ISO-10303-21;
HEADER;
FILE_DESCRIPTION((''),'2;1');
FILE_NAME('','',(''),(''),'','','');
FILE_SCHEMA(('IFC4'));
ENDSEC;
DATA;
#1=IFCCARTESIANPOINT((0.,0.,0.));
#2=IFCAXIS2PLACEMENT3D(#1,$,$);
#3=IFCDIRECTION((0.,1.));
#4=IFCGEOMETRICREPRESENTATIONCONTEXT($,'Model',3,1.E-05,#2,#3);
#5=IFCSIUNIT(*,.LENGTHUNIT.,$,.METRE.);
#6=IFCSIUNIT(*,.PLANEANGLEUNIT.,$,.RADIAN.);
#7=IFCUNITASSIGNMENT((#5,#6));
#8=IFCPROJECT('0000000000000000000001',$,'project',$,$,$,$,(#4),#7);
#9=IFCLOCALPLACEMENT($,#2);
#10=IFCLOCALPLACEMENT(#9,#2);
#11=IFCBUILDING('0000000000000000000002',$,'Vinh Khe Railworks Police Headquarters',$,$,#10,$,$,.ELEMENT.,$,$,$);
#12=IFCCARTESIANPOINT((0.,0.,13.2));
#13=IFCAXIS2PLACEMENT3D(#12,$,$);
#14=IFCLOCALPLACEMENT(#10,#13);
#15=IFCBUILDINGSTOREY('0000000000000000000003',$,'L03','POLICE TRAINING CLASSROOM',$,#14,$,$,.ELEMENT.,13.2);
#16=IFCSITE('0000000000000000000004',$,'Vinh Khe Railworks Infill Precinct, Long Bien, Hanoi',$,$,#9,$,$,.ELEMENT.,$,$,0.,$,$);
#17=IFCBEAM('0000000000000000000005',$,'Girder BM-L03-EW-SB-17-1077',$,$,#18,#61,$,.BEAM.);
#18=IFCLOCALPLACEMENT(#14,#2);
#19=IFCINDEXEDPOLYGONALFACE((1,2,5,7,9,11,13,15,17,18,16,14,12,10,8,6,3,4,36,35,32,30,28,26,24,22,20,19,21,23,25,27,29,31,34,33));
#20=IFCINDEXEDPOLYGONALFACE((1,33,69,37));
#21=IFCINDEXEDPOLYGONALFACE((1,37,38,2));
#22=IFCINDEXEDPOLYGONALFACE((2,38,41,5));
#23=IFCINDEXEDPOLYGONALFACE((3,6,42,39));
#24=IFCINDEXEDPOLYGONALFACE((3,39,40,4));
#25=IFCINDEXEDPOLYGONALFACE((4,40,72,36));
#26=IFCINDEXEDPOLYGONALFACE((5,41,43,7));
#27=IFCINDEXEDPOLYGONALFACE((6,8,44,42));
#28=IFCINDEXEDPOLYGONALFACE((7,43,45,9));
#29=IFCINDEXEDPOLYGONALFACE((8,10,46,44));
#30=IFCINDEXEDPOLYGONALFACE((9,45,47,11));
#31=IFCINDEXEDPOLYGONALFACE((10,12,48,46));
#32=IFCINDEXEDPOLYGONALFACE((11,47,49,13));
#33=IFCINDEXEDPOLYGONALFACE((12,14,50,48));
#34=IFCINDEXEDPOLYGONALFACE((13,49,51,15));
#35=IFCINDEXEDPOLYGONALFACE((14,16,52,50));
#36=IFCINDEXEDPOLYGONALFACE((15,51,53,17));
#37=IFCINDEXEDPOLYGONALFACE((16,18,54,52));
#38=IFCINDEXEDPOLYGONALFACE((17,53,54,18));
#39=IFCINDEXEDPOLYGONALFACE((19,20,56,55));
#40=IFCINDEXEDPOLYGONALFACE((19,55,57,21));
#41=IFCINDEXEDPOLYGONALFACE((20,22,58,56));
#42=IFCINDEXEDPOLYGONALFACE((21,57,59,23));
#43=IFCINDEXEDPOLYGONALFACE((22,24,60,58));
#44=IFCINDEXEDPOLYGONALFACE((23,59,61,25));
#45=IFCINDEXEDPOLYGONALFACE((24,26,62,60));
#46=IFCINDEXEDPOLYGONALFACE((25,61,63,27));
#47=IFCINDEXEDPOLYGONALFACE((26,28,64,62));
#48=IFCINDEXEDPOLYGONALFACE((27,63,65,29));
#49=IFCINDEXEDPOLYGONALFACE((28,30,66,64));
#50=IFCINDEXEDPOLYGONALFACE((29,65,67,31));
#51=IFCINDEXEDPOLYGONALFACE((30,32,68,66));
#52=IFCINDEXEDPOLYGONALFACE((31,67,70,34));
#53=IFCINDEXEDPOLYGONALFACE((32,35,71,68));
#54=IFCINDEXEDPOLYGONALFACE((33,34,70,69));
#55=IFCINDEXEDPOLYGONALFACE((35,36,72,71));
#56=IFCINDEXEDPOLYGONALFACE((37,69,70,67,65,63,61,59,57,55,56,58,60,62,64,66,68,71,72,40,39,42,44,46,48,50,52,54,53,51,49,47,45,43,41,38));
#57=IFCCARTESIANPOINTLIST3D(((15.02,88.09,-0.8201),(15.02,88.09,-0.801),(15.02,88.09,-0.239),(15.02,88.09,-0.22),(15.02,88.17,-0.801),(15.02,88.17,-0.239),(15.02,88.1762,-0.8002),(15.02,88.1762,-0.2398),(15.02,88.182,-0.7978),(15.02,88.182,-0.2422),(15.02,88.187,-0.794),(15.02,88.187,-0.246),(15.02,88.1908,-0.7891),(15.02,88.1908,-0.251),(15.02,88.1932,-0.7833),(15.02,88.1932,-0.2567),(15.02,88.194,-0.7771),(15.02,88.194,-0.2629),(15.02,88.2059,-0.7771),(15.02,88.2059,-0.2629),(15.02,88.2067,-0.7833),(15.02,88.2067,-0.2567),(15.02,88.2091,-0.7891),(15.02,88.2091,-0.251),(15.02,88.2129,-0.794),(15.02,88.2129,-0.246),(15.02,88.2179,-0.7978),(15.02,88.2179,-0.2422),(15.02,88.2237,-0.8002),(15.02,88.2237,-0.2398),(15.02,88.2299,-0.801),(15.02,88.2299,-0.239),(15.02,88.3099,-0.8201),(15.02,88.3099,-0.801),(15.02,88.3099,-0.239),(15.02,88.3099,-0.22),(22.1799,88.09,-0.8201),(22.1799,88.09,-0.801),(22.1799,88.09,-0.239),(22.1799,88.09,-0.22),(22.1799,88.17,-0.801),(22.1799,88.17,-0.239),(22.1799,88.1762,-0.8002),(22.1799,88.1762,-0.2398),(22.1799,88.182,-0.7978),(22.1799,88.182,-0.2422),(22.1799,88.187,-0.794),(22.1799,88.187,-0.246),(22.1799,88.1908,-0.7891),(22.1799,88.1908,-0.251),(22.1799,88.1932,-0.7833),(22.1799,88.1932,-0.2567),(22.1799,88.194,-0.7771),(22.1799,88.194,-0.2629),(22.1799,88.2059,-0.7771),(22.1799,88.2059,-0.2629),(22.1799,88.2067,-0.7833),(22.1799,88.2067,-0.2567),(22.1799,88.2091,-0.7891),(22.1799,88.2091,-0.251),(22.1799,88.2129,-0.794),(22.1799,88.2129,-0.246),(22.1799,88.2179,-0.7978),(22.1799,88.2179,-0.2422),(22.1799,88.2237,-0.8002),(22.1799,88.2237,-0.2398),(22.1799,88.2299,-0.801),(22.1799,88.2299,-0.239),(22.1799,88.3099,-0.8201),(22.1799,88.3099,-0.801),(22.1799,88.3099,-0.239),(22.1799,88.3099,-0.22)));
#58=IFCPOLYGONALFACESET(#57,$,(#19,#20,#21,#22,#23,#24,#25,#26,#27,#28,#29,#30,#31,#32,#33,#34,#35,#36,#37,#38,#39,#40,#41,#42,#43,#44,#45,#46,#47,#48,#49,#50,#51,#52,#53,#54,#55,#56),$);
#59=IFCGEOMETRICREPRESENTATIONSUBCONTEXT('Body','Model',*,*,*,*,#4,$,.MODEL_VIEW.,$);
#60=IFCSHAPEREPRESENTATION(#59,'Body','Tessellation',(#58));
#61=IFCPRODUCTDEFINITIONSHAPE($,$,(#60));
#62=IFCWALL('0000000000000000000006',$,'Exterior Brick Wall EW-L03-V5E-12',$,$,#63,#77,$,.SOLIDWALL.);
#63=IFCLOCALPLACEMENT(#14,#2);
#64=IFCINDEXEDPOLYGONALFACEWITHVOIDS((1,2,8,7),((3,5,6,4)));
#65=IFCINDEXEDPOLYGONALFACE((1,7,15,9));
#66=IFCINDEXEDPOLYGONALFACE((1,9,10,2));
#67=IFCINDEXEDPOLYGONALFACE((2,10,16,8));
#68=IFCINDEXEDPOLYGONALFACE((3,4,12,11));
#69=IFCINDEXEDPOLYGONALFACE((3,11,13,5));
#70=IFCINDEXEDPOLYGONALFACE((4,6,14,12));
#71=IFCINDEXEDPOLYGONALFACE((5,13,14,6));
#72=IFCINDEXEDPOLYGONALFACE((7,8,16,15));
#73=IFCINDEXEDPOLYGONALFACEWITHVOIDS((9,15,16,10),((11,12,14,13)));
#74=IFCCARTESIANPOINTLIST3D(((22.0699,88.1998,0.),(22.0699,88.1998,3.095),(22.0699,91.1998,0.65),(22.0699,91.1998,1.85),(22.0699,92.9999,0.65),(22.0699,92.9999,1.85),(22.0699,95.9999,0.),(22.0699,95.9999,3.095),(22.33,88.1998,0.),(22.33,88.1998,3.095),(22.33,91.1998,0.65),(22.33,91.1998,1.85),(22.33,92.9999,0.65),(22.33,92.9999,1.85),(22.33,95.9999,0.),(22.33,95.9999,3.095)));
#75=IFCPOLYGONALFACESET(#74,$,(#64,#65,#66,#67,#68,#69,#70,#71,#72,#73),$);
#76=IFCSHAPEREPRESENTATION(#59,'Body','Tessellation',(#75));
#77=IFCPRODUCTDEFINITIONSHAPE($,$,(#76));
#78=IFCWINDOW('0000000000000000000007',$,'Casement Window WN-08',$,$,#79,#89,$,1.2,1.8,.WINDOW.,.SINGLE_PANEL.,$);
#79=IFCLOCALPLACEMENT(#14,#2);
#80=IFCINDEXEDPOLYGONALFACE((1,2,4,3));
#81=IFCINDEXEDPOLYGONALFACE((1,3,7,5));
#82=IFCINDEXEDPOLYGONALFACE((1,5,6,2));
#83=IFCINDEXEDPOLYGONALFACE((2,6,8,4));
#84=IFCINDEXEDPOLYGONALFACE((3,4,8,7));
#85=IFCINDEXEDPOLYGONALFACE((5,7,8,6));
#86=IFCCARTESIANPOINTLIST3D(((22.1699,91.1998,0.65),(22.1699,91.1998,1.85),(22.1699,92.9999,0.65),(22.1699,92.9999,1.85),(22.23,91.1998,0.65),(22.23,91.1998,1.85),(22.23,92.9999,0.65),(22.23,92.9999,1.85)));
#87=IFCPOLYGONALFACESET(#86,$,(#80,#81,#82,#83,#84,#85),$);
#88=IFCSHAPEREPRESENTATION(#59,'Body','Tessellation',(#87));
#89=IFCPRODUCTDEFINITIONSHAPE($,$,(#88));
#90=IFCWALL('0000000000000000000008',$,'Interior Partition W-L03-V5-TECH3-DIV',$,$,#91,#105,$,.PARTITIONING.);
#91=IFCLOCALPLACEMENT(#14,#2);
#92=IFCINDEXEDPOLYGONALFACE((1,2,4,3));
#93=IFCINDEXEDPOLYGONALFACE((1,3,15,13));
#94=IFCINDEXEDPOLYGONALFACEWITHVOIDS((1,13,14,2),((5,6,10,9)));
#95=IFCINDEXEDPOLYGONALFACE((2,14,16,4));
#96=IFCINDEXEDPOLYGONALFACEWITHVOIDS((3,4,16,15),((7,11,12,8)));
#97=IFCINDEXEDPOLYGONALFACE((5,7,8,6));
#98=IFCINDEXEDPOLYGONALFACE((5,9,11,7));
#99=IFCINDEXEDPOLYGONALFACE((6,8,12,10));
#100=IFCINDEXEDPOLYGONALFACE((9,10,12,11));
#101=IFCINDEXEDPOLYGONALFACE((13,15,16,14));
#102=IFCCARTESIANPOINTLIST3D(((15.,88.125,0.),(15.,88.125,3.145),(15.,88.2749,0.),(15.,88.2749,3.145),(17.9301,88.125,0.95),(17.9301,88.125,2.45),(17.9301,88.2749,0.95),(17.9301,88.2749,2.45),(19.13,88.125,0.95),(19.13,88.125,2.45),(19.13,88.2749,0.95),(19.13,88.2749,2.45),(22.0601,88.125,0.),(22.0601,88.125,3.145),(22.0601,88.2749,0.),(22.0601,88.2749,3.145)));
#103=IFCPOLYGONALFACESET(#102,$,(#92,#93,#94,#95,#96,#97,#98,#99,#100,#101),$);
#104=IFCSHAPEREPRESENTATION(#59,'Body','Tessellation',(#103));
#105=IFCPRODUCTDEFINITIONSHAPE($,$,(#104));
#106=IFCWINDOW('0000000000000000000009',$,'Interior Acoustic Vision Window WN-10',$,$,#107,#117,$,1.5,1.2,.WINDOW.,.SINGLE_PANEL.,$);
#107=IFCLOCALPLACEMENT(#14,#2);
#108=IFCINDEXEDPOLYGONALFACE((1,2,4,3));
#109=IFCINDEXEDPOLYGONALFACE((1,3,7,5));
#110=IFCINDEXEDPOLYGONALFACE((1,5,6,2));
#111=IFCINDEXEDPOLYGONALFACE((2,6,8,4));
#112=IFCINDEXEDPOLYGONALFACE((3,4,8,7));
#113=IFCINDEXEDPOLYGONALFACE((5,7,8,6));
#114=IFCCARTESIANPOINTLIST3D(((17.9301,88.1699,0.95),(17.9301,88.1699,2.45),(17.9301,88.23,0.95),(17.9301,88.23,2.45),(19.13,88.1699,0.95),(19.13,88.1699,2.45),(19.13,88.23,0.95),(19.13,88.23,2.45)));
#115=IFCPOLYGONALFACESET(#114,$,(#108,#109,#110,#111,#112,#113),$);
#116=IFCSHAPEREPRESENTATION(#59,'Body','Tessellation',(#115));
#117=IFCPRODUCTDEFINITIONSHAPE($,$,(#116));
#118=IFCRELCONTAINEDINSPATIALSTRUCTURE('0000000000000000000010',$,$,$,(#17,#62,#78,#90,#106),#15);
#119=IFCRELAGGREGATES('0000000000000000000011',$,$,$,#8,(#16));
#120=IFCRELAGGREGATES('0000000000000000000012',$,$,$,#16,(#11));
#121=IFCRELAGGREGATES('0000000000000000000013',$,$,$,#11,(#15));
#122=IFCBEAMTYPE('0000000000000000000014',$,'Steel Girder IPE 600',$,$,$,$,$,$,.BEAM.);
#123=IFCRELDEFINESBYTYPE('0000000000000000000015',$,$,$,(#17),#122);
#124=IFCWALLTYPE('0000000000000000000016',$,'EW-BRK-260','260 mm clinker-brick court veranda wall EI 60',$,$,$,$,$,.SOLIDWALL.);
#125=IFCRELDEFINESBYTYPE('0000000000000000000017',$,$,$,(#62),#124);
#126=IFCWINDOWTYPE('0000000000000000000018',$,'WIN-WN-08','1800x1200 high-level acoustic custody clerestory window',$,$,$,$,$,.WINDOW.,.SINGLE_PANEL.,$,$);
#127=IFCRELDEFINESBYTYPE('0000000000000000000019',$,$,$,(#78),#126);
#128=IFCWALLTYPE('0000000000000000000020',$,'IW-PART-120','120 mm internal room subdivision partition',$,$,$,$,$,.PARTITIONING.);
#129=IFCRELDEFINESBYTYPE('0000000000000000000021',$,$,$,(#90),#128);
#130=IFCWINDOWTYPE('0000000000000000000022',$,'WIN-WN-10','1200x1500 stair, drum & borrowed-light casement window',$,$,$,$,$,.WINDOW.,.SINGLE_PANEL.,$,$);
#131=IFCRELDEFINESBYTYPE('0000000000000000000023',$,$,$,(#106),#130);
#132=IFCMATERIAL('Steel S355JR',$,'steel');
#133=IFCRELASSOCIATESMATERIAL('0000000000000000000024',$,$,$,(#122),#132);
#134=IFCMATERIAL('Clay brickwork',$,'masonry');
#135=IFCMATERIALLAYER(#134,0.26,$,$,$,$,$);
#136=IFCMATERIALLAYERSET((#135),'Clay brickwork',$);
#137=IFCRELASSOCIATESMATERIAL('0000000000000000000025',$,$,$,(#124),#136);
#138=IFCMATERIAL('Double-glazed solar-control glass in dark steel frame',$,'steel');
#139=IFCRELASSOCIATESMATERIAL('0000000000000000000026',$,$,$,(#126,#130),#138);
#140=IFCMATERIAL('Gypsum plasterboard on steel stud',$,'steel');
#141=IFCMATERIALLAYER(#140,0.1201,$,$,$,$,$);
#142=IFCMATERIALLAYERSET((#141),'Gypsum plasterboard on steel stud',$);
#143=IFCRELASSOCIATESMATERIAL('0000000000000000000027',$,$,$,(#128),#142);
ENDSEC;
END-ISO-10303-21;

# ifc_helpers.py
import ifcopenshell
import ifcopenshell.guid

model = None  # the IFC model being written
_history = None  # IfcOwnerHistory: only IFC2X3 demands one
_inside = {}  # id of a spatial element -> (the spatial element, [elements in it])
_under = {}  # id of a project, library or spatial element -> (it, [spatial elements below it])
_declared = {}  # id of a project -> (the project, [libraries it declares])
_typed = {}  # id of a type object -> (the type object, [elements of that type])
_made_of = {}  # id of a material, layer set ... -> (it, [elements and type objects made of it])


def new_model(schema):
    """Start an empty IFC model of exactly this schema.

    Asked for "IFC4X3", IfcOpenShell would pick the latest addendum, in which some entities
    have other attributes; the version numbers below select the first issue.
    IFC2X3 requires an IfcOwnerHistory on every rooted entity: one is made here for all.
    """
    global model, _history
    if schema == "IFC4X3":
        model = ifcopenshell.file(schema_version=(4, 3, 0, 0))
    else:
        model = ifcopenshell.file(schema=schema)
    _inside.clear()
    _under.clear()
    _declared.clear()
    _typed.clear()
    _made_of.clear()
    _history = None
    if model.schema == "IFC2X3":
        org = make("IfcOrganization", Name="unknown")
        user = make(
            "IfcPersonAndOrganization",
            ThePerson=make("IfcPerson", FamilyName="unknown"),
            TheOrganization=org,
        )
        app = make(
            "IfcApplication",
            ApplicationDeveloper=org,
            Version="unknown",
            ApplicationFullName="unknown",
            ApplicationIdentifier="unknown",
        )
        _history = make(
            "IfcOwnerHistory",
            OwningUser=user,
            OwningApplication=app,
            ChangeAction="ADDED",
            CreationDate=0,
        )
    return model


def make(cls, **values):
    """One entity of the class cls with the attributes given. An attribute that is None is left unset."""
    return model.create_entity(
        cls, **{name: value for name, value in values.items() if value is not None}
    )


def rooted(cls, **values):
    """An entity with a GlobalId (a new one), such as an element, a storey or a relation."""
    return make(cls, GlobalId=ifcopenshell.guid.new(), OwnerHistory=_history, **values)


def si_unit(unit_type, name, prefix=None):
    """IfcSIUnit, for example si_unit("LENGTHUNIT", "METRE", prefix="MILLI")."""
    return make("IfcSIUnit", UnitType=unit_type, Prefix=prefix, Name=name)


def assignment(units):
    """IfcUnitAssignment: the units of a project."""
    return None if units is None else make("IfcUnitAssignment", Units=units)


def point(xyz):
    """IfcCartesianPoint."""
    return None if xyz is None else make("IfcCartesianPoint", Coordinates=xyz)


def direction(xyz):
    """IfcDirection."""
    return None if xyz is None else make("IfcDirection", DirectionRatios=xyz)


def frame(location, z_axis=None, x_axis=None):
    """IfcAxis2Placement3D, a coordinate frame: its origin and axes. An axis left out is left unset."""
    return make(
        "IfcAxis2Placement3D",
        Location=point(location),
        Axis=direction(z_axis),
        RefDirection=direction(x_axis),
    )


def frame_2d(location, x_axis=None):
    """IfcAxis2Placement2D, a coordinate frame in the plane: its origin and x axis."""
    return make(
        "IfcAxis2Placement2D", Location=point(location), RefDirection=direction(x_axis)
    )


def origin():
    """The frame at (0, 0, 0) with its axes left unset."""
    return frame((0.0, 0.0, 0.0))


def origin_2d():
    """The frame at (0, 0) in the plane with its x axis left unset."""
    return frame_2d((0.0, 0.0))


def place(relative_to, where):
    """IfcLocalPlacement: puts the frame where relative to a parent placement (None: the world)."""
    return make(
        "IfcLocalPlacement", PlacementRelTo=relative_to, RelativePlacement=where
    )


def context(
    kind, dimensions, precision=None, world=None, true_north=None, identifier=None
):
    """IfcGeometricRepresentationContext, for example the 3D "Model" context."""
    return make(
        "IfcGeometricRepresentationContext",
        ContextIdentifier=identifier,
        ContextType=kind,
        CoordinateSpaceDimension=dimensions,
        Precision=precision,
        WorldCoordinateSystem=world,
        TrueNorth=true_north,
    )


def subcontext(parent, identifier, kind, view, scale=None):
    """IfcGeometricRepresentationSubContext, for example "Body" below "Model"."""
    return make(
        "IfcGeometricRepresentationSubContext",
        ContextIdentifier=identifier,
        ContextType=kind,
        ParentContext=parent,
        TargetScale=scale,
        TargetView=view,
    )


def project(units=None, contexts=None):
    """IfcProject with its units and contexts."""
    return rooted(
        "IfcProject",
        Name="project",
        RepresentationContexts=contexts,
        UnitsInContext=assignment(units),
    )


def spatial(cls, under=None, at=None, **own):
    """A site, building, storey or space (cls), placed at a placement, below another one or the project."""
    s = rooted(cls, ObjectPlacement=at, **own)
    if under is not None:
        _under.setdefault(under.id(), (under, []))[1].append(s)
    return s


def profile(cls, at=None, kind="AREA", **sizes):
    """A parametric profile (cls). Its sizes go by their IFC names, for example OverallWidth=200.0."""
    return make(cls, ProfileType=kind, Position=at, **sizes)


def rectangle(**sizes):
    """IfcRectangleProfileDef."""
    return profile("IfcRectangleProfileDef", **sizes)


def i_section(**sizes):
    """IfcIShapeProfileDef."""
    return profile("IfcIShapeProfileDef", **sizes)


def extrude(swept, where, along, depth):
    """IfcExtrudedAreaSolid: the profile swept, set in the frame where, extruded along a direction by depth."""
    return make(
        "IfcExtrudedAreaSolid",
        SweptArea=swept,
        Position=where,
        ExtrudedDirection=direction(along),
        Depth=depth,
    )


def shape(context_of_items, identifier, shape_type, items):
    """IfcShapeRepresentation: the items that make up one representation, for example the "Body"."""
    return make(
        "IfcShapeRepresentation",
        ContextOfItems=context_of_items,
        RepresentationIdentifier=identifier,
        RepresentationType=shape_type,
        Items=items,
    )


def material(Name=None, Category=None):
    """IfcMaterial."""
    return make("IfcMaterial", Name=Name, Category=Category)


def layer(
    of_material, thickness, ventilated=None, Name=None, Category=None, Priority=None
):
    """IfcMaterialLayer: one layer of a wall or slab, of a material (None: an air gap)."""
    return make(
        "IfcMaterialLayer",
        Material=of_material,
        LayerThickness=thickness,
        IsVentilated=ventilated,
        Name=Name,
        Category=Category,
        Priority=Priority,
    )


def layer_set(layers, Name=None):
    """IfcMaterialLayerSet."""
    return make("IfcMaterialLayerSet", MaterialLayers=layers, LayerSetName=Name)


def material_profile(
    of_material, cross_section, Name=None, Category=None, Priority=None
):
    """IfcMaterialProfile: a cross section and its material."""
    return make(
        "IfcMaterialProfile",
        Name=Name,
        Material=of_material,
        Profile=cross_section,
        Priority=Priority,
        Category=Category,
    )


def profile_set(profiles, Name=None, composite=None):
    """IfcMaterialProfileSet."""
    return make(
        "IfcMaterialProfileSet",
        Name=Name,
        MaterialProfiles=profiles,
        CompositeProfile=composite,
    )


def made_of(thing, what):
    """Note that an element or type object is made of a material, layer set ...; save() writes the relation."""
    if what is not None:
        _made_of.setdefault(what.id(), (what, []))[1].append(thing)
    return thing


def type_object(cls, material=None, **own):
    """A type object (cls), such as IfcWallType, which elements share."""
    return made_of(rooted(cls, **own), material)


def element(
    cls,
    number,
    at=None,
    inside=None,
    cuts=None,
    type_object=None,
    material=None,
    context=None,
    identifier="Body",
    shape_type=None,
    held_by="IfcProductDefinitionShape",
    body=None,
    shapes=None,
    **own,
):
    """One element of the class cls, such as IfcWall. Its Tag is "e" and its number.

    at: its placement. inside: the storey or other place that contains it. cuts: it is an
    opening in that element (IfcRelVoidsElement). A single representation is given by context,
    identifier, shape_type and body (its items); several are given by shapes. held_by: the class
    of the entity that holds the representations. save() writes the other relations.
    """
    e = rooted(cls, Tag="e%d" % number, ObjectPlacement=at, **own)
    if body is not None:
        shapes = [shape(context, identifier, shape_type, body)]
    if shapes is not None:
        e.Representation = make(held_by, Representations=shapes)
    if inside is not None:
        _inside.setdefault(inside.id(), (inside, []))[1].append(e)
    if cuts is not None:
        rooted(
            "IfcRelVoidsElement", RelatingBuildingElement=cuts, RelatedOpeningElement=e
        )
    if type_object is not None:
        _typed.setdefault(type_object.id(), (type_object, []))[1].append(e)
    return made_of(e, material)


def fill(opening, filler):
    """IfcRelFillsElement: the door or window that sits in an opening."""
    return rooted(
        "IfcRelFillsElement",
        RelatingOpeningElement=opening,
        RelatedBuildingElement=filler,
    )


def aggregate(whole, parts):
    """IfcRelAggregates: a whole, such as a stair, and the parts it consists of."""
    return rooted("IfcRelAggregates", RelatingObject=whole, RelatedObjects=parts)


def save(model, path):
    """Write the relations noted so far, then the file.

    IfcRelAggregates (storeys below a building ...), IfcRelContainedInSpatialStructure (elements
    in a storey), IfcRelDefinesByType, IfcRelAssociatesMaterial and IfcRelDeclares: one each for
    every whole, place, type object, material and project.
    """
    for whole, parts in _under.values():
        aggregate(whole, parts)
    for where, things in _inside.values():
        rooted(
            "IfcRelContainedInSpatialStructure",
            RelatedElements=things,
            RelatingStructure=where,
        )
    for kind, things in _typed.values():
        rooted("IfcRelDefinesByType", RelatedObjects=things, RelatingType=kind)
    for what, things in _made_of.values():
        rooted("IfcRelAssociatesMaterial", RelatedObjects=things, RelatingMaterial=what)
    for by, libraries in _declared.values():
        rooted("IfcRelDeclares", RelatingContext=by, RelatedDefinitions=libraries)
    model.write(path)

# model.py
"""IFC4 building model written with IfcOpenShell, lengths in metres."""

from ifc_helpers import new_model, si_unit, direction, frame, frame_2d, origin, origin_2d, place, context, subcontext, project, spatial, rectangle, i_section, extrude, material, layer, layer_set, material_profile, profile_set, type_object, element, fill, save


model = new_model("IFC4")

# Units and contexts
model_context = context("Model", 3, precision=1e-05, world=origin(), true_north=direction((0.0, 1.0)))
body_context = subcontext(model_context, "Body", "Model", "MODEL_VIEW")
ifc_project = project(units=[si_unit("LENGTHUNIT", "METRE"), si_unit("PLANEANGLEUNIT", "RADIAN")], contexts=[model_context])

# Site, building, storey
site_placement = place(None, origin())
site = spatial("IfcSite", under=ifc_project, at=site_placement, Name="Vinh Khe Railworks Infill Precinct, Long Bien, Hanoi", CompositionType="ELEMENT", RefElevation=0.0)
building_placement = place(site_placement, origin())
building = spatial("IfcBuilding", under=site, at=building_placement, Name="Vinh Khe Railworks Police Headquarters", CompositionType="ELEMENT")
storey_placement = place(building_placement, frame((0.0, 0.0, 13.2)))
storey = spatial("IfcBuildingStorey", under=building, at=storey_placement, Name="L03", Description="POLICE TRAINING CLASSROOM", CompositionType="ELEMENT", Elevation=13.2)

# Shared definitions
ifc_material_1 = material(Name="Steel S355JR", Category="steel")

# Beam
ifc_material_profile_1 = material_profile(ifc_material_1, i_section(OverallWidth=0.22, OverallDepth=0.6001, WebThickness=0.012, FlangeThickness=0.019, FilletRadius=0.0239, at=origin_2d()), Name="IPE 600")
ifc_profile_set_1 = profile_set([ifc_material_profile_1], Name="Steel S355JR")
beam_type_1 = type_object("IfcBeamType", Name="Steel Girder IPE 600", PredefinedType="BEAM", material=ifc_profile_set_1)
beam_1_placement = place(storey_placement, frame((15.02, 88.2, -0.52), z_axis=(1.0, 0.0, 0.0), x_axis=(0.0, 1.0, 0.0)))
element("IfcBeam", 1, at=beam_1_placement, inside=storey, type_object=beam_type_1, Name="Girder BM-L03-EW-SB-17-1077", PredefinedType="BEAM", context=body_context, shape_type="SweptSolid", body=[
    extrude(i_section(OverallWidth=0.22, OverallDepth=0.6001, WebThickness=0.012, FlangeThickness=0.019, FilletRadius=0.0239, at=origin_2d()), origin(), (0.0, 0.0, 1.0), 7.1599),
])

# Walls, openings, windows
ifc_material_2 = material(Name="Clay brickwork", Category="masonry")
ifc_layer_1 = layer(ifc_material_2, 0.26)
ifc_layer_set_1 = layer_set([ifc_layer_1], Name="Clay brickwork")
wall_type_1 = type_object("IfcWallType", Name="EW-BRK-260", Description="260 mm clinker-brick court veranda wall EI 60", PredefinedType="SOLIDWALL", material=ifc_layer_set_1)
wall_1_placement = place(storey_placement, frame((22.2, 88.2, 0.0), z_axis=(0.0, 0.0, 1.0), x_axis=(0.0, 1.0, 0.0)))
wall_1 = element("IfcWall", 2, at=wall_1_placement, inside=storey, type_object=wall_type_1, Name="Exterior Brick Wall EW-L03-V5E-12", PredefinedType="SOLIDWALL", context=body_context, shape_type="SweptSolid", body=[
    extrude(rectangle(XDim=7.8, YDim=0.26, at=frame_2d((3.8999, 0.0))), origin(), (0.0, 0.0, 1.0), 3.095),
])
opening_1_placement = place(wall_1_placement, frame((3.0, 0.0, 0.6499)))
opening_1 = element("IfcOpeningElement", 3, at=opening_1_placement, cuts=wall_1, PredefinedType="OPENING", context=body_context, shape_type="SweptSolid", body=[
    extrude(rectangle(XDim=1.8, YDim=1.2, at=frame_2d((0.8999, 0.6001))), frame((0.0, 0.145, 0.0), z_axis=(0.0, -1.0, 0.0), x_axis=(1.0, 0.0, 0.0)), (0.0, 0.0, 1.0), 0.2898),
])
ifc_material_3 = material(Name="Double-glazed solar-control glass in dark steel frame", Category="steel")
window_type_1 = type_object("IfcWindowType", Name="WIN-WN-08", Description="1800x1200 high-level acoustic custody clerestory window", PartitioningType="SINGLE_PANEL", PredefinedType="WINDOW", material=ifc_material_3)
window_1_placement = place(opening_1_placement, origin())
window_1 = element("IfcWindow", 4, at=window_1_placement, inside=storey, type_object=window_type_1, Name="Casement Window WN-08", OverallHeight=1.2, OverallWidth=1.8, PartitioningType="SINGLE_PANEL", PredefinedType="WINDOW", context=body_context, shape_type="SweptSolid", body=[
    extrude(rectangle(XDim=1.8, YDim=1.2, at=frame_2d((0.8999, 0.6001))), frame((0.0, 0.03, 0.0), z_axis=(0.0, -1.0, 0.0), x_axis=(1.0, 0.0, 0.0)), (0.0, 0.0, 1.0), 0.0601),
])
fill(opening_1, window_1)
ifc_material_4 = material(Name="Gypsum plasterboard on steel stud", Category="steel")
ifc_layer_2 = layer(ifc_material_4, 0.1201)
ifc_layer_set_2 = layer_set([ifc_layer_2], Name="Gypsum plasterboard on steel stud")
wall_type_2 = type_object("IfcWallType", Name="IW-PART-120", Description="120 mm internal room subdivision partition", PredefinedType="PARTITIONING", material=ifc_layer_set_2)
wall_2_placement = place(storey_placement, frame((15.0, 88.2, 0.0), z_axis=(0.0, 0.0, 1.0), x_axis=(1.0, 0.0, 0.0)))
wall_2 = element("IfcWall", 5, at=wall_2_placement, inside=storey, type_object=wall_type_2, Name="Interior Partition W-L03-V5-TECH3-DIV", PredefinedType="PARTITIONING", context=body_context, shape_type="SweptSolid", body=[
    extrude(rectangle(XDim=7.0601, YDim=0.1499, at=frame_2d((3.53, 0.0))), origin(), (0.0, 0.0, 1.0), 3.145),
])
opening_2_placement = place(wall_2_placement, frame((2.9299, 0.0, 0.95)))
opening_2 = element("IfcOpeningElement", 6, at=opening_2_placement, cuts=wall_2, PredefinedType="OPENING", context=body_context, shape_type="SweptSolid", body=[
    extrude(rectangle(XDim=1.2, YDim=1.5, at=frame_2d((0.6001, 0.75))), frame((0.0, 0.0898, 0.0), z_axis=(0.0, -1.0, 0.0), x_axis=(1.0, 0.0, 0.0)), (0.0, 0.0, 1.0), 0.1797),
])
window_type_2 = type_object("IfcWindowType", Name="WIN-WN-10", Description="1200x1500 stair, drum & borrowed-light casement window", PartitioningType="SINGLE_PANEL", PredefinedType="WINDOW", material=ifc_material_3)
window_2_placement = place(opening_2_placement, origin())
window_2 = element("IfcWindow", 7, at=window_2_placement, inside=storey, type_object=window_type_2, Name="Interior Acoustic Vision Window WN-10", OverallHeight=1.5, OverallWidth=1.2, PartitioningType="SINGLE_PANEL", PredefinedType="WINDOW", context=body_context, shape_type="SweptSolid", body=[
    extrude(rectangle(XDim=1.2, YDim=1.5, at=frame_2d((0.6001, 0.75))), frame((0.0, 0.03, 0.0), z_axis=(0.0, -1.0, 0.0), x_axis=(1.0, 0.0, 0.0)), (0.0, 0.0, 1.0), 0.0601),
])
fill(opening_2, window_2)

save(model, "model.ifc")
